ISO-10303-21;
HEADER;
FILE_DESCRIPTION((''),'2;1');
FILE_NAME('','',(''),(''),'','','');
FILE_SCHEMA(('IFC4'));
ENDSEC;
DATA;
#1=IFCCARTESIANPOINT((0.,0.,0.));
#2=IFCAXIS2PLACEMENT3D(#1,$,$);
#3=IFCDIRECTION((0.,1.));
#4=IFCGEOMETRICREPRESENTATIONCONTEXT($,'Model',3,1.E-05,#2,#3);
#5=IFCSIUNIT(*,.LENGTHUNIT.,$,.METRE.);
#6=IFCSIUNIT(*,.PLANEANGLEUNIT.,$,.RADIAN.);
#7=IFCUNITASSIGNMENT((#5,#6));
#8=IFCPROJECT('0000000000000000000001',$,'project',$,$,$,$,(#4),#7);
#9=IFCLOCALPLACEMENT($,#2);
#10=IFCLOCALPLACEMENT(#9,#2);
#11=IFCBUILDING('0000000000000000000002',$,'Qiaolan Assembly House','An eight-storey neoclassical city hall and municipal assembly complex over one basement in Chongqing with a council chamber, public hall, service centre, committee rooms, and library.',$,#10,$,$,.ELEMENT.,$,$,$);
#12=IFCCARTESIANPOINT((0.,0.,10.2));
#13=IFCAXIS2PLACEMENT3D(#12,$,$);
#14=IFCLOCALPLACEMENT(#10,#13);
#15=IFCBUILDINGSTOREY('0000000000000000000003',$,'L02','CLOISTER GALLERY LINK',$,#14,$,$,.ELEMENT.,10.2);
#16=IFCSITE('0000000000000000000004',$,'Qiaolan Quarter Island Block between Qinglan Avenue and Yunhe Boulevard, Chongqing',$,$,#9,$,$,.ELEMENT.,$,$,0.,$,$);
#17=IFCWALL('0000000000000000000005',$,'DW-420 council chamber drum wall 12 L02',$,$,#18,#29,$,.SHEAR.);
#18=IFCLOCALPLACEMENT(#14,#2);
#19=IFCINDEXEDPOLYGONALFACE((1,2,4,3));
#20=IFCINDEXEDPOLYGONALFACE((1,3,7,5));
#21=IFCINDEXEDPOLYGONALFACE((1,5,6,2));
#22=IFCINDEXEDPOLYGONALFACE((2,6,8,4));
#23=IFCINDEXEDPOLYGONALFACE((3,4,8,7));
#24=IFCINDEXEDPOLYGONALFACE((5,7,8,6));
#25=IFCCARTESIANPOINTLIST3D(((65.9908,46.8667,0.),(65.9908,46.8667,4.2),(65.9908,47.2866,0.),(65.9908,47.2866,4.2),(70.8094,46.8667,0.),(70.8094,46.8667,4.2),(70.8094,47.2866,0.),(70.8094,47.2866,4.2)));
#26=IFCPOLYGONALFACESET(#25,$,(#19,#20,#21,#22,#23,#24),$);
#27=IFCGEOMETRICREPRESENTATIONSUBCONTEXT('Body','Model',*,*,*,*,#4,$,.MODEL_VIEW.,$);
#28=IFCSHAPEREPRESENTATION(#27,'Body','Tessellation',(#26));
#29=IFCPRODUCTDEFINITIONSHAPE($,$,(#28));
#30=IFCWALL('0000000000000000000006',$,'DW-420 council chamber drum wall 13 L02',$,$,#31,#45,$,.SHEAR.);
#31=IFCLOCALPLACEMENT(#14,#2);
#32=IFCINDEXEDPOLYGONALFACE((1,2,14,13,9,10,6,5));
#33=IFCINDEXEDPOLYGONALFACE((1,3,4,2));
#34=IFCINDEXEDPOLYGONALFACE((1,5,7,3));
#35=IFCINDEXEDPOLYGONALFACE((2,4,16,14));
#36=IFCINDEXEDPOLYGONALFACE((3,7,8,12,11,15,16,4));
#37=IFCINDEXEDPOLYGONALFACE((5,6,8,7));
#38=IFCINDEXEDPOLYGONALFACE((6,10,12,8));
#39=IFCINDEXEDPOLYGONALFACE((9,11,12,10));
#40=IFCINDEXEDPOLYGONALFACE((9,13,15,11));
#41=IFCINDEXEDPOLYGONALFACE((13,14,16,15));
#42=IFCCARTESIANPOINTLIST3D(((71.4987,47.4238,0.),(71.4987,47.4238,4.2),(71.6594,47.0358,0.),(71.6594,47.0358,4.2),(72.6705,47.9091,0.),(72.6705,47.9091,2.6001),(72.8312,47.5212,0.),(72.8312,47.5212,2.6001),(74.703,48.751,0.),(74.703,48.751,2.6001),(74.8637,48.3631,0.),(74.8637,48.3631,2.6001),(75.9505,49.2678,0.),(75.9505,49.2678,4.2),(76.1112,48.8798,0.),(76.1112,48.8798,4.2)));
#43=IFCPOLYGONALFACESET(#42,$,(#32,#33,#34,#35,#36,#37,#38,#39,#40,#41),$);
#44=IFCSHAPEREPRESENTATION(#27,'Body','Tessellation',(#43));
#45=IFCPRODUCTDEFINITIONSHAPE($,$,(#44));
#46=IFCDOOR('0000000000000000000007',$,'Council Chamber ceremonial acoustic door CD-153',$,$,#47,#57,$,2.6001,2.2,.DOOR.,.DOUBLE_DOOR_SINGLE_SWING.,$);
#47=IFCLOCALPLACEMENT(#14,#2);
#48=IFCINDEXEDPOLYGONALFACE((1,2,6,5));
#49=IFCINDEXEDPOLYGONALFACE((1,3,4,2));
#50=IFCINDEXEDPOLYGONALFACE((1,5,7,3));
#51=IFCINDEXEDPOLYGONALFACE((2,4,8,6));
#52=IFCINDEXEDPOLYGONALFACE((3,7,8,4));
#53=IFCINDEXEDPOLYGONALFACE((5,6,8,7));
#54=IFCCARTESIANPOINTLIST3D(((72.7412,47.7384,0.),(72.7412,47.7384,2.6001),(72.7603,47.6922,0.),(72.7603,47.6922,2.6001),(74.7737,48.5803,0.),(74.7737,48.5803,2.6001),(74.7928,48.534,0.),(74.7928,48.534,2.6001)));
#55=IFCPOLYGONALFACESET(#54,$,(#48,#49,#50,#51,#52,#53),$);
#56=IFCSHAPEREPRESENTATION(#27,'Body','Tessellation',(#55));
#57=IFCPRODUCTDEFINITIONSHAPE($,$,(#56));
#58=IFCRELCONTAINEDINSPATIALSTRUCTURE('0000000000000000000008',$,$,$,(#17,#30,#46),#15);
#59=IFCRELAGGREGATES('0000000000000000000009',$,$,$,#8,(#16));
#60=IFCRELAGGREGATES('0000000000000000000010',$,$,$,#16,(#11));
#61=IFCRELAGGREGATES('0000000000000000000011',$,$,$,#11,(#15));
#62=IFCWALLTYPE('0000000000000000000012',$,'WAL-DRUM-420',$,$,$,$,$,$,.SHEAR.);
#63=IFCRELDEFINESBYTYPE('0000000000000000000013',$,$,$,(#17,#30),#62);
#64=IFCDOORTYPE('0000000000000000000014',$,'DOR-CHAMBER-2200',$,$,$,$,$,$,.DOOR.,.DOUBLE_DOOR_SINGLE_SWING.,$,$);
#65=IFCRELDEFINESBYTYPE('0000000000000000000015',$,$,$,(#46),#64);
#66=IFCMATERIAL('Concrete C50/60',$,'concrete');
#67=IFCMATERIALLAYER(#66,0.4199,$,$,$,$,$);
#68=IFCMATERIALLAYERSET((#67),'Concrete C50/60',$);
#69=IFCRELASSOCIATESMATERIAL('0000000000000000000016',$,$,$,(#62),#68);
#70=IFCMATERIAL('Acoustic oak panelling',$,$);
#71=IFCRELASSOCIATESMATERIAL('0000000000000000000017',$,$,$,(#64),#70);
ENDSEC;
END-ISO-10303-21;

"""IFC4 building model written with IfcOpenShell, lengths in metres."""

from ifc_helpers import new_model, si_unit, direction, frame, frame_2d, origin, place, context, subcontext, project, spatial, rectangle, extrude, material, layer, layer_set, type_object, element, fill, save


model = new_model("IFC4")

# Units and contexts
model_context = context("Model", 3, precision=1e-05, world=origin(), true_north=direction((0.0, 1.0)))
body_context = subcontext(model_context, "Body", "Model", "MODEL_VIEW")
ifc_project = project(units=[si_unit("LENGTHUNIT", "METRE"), si_unit("PLANEANGLEUNIT", "RADIAN")], contexts=[model_context])

# Site, building, storey
site_placement = place(None, origin())
site = spatial("IfcSite", under=ifc_project, at=site_placement, Name="Qiaolan Quarter Island Block between Qinglan Avenue and Yunhe Boulevard, Chongqing", CompositionType="ELEMENT", RefElevation=0.0)
building_placement = place(site_placement, origin())
building = spatial("IfcBuilding", under=site, at=building_placement, Name="Qiaolan Assembly House", Description="An eight-storey neoclassical city hall and municipal assembly complex over one basement in Chongqing with a council chamber, public hall, service centre, committee rooms, and library.", CompositionType="ELEMENT")
storey_placement = place(building_placement, frame((0.0, 0.0, 10.2)))
storey = spatial("IfcBuildingStorey", under=building, at=storey_placement, Name="L02", Description="CLOISTER GALLERY LINK", CompositionType="ELEMENT", Elevation=10.2)

# Shared definitions
ifc_material_1 = material(Name="Concrete C50/60", Category="concrete")

# Wall
ifc_layer = layer(ifc_material_1, 0.4199)
ifc_layer_set = layer_set([ifc_layer], Name="Concrete C50/60")
wall_type = type_object("IfcWallType", Name="WAL-DRUM-420", PredefinedType="SHEAR", material=ifc_layer_set)
for number, where, z_axis, x_axis, name in (
    (1, (70.8093, 47.0767, 0.0), (0.0, 0.0, 1.0), (-1.0, 0.0, 0.0), "DW-420 council chamber drum wall 12 L02"),
):
    element("IfcWall", number, at=place(storey_placement, frame(where, z_axis=z_axis, x_axis=x_axis)), inside=storey, type_object=wall_type, Name=name, PredefinedType="SHEAR", context=body_context, shape_type="SweptSolid", body=[
        extrude(rectangle(XDim=4.8186, YDim=0.4199, at=frame_2d((2.4092, 0.0))), origin(), (0.0, 0.0, 1.0), 4.2),
    ])

# Wall, opening, door
wall_placement = place(storey_placement, frame((76.0308, 49.0737, 0.0), z_axis=(0.0, 0.0, 1.0), x_axis=(-0.923883, -0.382675, 0.0)))
wall = element("IfcWall", 2, at=wall_placement, inside=storey, type_object=wall_type, Name="DW-420 council chamber drum wall 13 L02", PredefinedType="SHEAR", context=body_context, shape_type="SweptSolid", body=[
    extrude(rectangle(XDim=4.8186, YDim=0.4199, at=frame_2d((2.4092, 0.0))), origin(), (0.0, 0.0, 1.0), 4.2),
])
opening_placement = place(wall_placement, frame((1.3501, 0.0, 0.0)))
opening = element("IfcOpeningElement", 3, at=opening_placement, cuts=wall, PredefinedType="OPENING", context=body_context, shape_type="SweptSolid", body=[
    extrude(rectangle(XDim=2.2, YDim=2.6001, at=frame_2d((1.1001, 1.3))), frame((0.0, 0.22, 0.0), z_axis=(0.0, -1.0, 0.0), x_axis=(1.0, 0.0, 0.0)), (0.0, 0.0, 1.0), 0.4399),
])
ifc_material_2 = material(Name="Acoustic oak panelling")
door_type = type_object("IfcDoorType", Name="DOR-CHAMBER-2200", OperationType="DOUBLE_DOOR_SINGLE_SWING", PredefinedType="DOOR", material=ifc_material_2)
door_placement = place(opening_placement, origin())
door = element("IfcDoor", 4, at=door_placement, inside=storey, type_object=door_type, Name="Council Chamber ceremonial acoustic door CD-153", OperationType="DOUBLE_DOOR_SINGLE_SWING", OverallHeight=2.6001, OverallWidth=2.2, PredefinedType="DOOR", context=body_context, shape_type="SweptSolid", body=[
    extrude(rectangle(XDim=2.2, YDim=2.6001, at=frame_2d((1.1001, 1.3))), frame((0.0, 0.0249, 0.0), z_axis=(0.0, -1.0, 0.0), x_axis=(1.0, 0.0, 0.0)), (0.0, 0.0, 1.0), 0.05),
])
fill(opening, door)

save(model, "model.ifc")
